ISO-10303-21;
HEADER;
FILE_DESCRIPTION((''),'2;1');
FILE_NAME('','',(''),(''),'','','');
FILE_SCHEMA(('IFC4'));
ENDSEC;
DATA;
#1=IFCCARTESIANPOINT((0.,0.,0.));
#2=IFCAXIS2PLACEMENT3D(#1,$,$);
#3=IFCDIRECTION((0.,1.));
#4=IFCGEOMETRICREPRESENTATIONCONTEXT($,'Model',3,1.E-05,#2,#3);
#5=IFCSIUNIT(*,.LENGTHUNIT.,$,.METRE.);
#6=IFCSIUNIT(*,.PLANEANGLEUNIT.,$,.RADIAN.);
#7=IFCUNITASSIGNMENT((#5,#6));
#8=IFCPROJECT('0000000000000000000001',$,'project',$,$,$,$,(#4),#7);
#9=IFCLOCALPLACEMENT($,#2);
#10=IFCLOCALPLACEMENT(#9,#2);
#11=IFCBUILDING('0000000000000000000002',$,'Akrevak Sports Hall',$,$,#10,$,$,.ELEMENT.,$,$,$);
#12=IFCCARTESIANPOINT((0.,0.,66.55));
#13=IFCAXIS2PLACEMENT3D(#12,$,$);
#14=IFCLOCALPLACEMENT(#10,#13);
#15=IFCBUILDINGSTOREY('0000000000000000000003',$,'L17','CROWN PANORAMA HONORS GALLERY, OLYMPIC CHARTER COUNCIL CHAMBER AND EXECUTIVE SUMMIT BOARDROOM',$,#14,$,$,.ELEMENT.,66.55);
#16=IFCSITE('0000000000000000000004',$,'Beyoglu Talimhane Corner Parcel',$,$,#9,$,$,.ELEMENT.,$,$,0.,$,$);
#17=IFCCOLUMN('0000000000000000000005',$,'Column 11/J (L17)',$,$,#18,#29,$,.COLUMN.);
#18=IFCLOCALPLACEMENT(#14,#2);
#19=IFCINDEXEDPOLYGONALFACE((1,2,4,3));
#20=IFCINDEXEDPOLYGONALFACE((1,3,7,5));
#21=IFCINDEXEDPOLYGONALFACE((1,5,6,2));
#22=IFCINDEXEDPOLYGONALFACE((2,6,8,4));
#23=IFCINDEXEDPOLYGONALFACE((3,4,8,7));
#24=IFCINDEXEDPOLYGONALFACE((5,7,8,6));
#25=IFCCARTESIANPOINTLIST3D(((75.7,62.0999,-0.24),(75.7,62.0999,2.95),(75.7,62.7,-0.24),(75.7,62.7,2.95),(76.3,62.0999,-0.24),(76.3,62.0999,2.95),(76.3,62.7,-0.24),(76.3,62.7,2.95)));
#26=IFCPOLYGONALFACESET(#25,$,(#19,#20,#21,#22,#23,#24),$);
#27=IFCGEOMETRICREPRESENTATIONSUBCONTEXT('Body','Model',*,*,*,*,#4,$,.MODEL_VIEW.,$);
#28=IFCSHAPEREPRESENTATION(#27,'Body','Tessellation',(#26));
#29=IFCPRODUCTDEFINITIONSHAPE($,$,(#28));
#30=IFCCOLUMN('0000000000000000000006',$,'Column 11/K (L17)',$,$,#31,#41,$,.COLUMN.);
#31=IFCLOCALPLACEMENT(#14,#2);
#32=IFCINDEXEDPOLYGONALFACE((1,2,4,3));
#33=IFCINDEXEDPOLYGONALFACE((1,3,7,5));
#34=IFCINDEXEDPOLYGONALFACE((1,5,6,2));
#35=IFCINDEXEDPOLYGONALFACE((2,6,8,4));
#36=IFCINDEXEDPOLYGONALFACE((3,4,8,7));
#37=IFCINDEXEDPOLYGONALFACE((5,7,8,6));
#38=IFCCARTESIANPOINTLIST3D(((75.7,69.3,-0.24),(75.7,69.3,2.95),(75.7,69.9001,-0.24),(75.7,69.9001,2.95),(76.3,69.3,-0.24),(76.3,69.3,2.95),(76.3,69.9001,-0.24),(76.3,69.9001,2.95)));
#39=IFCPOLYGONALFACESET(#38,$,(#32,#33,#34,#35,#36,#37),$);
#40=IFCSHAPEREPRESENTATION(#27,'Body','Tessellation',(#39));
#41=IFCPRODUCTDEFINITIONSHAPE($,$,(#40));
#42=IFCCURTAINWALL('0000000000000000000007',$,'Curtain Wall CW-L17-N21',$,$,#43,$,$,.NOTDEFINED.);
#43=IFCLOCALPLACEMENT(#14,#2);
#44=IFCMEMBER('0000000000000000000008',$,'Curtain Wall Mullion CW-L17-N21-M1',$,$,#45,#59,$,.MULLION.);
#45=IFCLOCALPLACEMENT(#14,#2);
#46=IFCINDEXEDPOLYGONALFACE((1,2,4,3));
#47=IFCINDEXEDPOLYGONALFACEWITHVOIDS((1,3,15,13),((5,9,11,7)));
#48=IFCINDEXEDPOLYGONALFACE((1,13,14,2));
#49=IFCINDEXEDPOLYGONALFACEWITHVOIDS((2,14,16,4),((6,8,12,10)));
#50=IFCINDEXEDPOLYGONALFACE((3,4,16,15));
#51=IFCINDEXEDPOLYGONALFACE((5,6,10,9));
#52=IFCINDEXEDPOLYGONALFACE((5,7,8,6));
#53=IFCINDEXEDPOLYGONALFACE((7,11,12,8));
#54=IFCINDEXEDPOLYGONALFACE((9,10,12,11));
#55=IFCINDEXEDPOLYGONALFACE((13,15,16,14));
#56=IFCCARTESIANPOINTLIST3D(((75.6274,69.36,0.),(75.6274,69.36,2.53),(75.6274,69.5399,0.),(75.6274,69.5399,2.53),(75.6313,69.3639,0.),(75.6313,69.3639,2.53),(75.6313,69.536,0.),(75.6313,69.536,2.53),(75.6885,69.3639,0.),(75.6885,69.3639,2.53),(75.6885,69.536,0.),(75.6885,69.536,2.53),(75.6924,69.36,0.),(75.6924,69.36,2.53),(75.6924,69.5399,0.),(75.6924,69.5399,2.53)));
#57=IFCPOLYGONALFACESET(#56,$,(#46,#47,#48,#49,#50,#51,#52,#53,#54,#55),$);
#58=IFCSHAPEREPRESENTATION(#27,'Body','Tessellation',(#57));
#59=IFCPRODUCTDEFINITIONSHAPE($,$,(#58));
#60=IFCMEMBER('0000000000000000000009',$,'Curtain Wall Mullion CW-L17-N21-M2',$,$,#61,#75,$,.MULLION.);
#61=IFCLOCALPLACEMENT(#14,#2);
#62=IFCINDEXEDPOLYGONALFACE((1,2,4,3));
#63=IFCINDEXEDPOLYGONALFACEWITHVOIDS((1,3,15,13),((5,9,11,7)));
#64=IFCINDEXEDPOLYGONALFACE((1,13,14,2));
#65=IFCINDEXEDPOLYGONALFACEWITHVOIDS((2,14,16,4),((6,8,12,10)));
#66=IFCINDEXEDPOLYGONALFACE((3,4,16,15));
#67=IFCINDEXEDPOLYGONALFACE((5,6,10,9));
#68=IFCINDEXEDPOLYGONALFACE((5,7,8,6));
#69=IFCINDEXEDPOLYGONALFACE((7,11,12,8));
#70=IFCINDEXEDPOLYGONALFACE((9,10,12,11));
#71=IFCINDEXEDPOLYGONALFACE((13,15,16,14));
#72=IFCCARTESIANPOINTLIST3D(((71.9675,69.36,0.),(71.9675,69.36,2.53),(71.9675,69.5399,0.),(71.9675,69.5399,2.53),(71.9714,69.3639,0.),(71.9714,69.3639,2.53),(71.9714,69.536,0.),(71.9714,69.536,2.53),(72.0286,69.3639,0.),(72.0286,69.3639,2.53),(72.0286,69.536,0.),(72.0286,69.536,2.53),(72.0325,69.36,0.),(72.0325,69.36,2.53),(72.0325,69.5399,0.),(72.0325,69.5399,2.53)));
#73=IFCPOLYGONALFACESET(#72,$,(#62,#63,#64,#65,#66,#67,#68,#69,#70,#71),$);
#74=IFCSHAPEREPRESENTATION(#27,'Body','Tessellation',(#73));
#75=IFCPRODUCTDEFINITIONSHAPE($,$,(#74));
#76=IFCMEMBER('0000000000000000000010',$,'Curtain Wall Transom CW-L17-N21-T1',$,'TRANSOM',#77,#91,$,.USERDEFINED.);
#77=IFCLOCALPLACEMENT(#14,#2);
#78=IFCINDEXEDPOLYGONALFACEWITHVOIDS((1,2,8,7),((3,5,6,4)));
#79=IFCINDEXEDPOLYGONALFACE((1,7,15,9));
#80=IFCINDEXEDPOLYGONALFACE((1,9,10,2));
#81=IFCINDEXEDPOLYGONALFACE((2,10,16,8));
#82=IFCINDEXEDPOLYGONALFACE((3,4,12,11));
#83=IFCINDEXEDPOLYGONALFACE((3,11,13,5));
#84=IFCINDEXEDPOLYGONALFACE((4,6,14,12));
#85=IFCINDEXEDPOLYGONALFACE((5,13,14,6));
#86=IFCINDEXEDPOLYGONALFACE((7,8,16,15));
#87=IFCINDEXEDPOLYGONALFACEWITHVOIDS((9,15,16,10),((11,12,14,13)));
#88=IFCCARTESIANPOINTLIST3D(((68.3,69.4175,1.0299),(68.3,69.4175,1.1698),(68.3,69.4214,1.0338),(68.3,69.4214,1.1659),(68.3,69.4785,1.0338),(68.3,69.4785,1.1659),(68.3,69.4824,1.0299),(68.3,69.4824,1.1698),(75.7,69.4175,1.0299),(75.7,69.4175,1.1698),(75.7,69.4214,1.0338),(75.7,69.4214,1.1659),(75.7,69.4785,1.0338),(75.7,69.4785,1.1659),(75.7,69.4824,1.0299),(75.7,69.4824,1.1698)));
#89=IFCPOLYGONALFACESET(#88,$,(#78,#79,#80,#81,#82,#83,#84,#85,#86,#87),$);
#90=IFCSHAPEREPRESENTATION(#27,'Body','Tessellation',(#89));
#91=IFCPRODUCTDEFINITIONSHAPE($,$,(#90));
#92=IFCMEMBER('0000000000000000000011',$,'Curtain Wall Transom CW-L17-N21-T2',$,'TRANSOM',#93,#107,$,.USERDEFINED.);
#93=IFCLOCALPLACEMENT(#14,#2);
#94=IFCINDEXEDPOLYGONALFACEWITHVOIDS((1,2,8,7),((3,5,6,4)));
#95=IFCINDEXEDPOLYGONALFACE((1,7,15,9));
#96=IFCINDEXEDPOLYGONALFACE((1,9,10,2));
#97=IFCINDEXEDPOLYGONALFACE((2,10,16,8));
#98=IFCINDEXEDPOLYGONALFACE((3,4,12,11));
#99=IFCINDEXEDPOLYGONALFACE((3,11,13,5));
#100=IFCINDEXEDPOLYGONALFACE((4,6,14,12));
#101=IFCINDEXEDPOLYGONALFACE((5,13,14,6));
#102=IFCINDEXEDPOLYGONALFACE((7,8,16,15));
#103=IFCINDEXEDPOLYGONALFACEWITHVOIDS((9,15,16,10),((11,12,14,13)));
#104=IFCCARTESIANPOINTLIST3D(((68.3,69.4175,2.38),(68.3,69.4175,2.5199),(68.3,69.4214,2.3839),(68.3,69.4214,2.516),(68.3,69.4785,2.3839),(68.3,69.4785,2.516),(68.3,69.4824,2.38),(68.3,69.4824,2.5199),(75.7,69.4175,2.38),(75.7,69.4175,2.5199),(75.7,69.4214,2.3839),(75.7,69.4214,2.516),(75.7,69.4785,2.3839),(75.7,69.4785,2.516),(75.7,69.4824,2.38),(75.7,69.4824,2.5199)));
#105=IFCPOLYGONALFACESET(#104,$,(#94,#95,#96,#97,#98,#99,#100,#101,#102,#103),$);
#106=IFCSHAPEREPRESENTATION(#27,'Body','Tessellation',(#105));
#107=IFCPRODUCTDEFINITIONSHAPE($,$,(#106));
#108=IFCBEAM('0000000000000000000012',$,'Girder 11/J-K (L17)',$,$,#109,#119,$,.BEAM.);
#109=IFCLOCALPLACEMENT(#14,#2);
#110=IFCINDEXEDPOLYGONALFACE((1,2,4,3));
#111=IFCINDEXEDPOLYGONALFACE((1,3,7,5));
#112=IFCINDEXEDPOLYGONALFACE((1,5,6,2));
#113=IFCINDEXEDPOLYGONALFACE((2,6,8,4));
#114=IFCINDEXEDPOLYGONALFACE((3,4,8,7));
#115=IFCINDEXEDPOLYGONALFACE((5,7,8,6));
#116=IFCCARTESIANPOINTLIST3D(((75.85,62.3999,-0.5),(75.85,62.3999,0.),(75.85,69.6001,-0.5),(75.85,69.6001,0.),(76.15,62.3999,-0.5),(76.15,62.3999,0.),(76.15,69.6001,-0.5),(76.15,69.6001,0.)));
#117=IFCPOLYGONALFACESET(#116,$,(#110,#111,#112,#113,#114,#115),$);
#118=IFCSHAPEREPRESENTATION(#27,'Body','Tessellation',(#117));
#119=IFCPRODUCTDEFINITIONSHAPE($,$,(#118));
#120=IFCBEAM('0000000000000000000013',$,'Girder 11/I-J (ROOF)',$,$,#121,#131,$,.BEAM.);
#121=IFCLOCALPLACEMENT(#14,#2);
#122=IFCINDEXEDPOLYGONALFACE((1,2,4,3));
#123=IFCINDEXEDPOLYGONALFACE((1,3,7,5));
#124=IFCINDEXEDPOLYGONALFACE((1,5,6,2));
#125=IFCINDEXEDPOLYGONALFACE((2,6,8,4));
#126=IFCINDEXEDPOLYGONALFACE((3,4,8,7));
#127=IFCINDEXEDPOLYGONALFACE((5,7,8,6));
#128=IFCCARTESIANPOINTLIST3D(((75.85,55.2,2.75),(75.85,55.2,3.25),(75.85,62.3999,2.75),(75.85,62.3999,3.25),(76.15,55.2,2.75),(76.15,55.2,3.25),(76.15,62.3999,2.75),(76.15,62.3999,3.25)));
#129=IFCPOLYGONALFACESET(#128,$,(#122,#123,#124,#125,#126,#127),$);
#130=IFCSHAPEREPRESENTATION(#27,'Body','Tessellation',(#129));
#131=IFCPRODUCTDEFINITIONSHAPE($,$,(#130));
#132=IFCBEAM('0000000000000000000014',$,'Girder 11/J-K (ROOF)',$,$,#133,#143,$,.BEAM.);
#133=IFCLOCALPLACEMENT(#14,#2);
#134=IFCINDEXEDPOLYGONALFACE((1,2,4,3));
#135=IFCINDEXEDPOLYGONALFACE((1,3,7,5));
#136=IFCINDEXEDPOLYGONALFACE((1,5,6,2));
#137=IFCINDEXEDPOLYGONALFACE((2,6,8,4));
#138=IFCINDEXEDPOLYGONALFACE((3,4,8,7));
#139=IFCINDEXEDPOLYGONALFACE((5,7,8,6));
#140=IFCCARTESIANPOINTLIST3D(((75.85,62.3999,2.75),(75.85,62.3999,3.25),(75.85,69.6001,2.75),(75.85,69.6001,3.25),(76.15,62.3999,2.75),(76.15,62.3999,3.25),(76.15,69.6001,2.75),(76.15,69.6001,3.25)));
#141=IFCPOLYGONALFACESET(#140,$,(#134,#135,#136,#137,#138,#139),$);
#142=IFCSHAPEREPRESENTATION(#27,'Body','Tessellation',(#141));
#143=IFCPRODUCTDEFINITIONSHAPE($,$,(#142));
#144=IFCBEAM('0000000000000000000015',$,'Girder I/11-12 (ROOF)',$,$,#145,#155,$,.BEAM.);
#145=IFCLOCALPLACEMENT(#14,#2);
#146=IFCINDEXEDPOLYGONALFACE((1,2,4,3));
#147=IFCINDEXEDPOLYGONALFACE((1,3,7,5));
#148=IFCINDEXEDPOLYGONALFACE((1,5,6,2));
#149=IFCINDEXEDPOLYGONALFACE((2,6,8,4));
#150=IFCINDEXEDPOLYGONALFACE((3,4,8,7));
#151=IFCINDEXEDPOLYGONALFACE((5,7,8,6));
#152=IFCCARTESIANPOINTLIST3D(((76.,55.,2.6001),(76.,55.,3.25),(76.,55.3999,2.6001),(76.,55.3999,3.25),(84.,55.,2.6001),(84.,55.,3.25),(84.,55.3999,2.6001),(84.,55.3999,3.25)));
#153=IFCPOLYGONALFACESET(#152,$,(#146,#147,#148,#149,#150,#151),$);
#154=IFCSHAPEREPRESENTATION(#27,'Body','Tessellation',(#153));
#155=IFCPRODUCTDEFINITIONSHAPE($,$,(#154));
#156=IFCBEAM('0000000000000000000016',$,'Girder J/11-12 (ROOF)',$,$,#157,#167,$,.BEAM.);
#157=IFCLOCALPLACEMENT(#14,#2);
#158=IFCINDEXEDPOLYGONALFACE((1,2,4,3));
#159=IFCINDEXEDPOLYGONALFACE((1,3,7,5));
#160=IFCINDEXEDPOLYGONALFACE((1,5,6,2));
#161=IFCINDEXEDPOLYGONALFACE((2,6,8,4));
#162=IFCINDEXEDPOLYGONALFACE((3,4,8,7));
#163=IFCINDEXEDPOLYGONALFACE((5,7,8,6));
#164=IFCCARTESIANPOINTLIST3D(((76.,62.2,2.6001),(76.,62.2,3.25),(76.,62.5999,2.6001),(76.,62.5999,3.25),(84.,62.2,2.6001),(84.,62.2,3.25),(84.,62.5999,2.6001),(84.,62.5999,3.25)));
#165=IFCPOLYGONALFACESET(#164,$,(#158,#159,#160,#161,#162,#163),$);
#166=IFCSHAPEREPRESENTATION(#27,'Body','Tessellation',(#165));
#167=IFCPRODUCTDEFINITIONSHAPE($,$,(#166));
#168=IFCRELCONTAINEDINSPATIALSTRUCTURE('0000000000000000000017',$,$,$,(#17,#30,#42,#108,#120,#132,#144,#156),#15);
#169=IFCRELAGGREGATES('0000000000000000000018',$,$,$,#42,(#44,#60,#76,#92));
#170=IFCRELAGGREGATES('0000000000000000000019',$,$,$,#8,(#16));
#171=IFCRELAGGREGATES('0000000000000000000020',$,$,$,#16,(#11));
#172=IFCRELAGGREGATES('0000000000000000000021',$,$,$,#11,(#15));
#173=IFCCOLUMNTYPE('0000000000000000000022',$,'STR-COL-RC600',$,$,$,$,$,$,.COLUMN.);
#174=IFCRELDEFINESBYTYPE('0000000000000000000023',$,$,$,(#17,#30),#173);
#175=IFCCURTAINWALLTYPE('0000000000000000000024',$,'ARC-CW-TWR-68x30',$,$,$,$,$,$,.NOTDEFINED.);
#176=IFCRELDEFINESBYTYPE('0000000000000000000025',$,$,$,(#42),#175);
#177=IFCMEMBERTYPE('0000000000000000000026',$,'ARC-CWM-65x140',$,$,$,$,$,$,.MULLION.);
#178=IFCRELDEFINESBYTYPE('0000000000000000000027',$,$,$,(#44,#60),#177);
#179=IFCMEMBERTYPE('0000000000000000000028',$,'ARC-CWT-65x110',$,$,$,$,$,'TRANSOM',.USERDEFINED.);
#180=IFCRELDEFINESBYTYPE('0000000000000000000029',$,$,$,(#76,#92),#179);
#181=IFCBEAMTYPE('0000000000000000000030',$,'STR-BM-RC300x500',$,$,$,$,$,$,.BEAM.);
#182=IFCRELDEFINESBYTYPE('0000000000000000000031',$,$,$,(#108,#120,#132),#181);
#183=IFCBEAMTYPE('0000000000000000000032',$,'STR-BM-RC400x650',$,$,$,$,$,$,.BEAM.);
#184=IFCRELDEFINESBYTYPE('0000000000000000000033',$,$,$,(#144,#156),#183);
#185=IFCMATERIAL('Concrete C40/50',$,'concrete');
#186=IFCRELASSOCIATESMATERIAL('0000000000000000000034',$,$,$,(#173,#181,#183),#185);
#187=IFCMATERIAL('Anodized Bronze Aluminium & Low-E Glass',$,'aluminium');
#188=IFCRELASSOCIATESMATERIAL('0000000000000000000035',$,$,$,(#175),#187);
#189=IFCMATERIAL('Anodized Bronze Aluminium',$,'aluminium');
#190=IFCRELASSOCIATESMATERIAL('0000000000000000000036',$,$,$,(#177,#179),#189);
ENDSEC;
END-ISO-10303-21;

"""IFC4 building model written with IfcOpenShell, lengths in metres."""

from ifc_helpers import new_model, si_unit, direction, frame, origin, origin_2d, place, context, subcontext, project, spatial, rectangle, hollow_rectangle, extrude, material, material_profile, profile_set, type_object, element, aggregate, save


model = new_model("IFC4")

# Units and contexts
model_context = context("Model", 3, precision=1e-05, world=origin(), true_north=direction((0.0, 1.0)))
body_context = subcontext(model_context, "Body", "Model", "MODEL_VIEW")
ifc_project = project(units=[si_unit("LENGTHUNIT", "METRE"), si_unit("PLANEANGLEUNIT", "RADIAN")], contexts=[model_context])

# Site, building, storey
site_placement = place(None, origin())
site = spatial("IfcSite", under=ifc_project, at=site_placement, Name="Beyoglu Talimhane Corner Parcel", CompositionType="ELEMENT", RefElevation=0.0)
building_placement = place(site_placement, origin())
building = spatial("IfcBuilding", under=site, at=building_placement, Name="Akrevak Sports Hall", CompositionType="ELEMENT")
storey_placement = place(building_placement, frame((0.0, 0.0, 66.55)))
storey = spatial("IfcBuildingStorey", under=building, at=storey_placement, Name="L17", Description="CROWN PANORAMA HONORS GALLERY, OLYMPIC CHARTER COUNCIL CHAMBER AND EXECUTIVE SUMMIT BOARDROOM", CompositionType="ELEMENT", Elevation=66.55)

# Columns
ifc_material_1 = material(Name="Concrete C40/50", Category="concrete")
ifc_material_profile_1 = material_profile(ifc_material_1, rectangle(XDim=0.6001, YDim=0.6001, at=origin_2d()), Name="RC 600x600", Category="concrete")
ifc_profile_set_1 = profile_set([ifc_material_profile_1], Name="Concrete C40/50")
column_type = type_object("IfcColumnType", Name="STR-COL-RC600", PredefinedType="COLUMN", material=ifc_profile_set_1)
for number, where, z_axis, x_axis, name in (
    (1, (76.0, 62.3999, -0.24), (0.0, 0.0, 1.0), (1.0, 0.0, 0.0), "Column 11/J (L17)"),
    (2, (76.0, 69.6001, -0.24), (0.0, 0.0, 1.0), (1.0, 0.0, 0.0), "Column 11/K (L17)"),
):
    element("IfcColumn", number, at=place(storey_placement, frame(where, z_axis=z_axis, x_axis=x_axis)), inside=storey, type_object=column_type, Name=name, PredefinedType="COLUMN", context=body_context, shape_type="SweptSolid", body=[
        extrude(rectangle(XDim=0.6001, YDim=0.6001, at=origin_2d()), origin(), (0.0, 0.0, 1.0), 3.1899),
    ])

# Curtain wall, members
ifc_material_2 = material(Name="Anodized Bronze Aluminium & Low-E Glass", Category="aluminium")
curtain_wall_type = type_object("IfcCurtainWallType", Name="ARC-CW-TWR-68x30", PredefinedType="NOTDEFINED", material=ifc_material_2)
curtain_wall_placement = place(storey_placement, origin())
curtain_wall = element("IfcCurtainWall", 3, at=curtain_wall_placement, inside=storey, type_object=curtain_wall_type, Name="Curtain Wall CW-L17-N21", PredefinedType="NOTDEFINED")
ifc_material_3 = material(Name="Anodized Bronze Aluminium", Category="aluminium")
ifc_material_profile_2 = material_profile(ifc_material_3, hollow_rectangle(XDim=0.0649, YDim=0.1799, WallThickness=0.0039, at=origin_2d()), Name="CWM 65x180", Category="aluminium")
ifc_profile_set_2 = profile_set([ifc_material_profile_2], Name="Anodized Bronze Aluminium")
member_type_1 = type_object("IfcMemberType", Name="ARC-CWM-65x140", PredefinedType="MULLION", material=ifc_profile_set_2)
member_1_placement = place(storey_placement, frame((75.6599, 69.45, 0.0), z_axis=(0.0, 0.0, 1.0), x_axis=(-1.0, 0.0, 0.0)))
member_1 = element("IfcMember", 4, at=member_1_placement, type_object=member_type_1, Name="Curtain Wall Mullion CW-L17-N21-M1", PredefinedType="MULLION", context=body_context, shape_type="SweptSolid", body=[
    extrude(hollow_rectangle(XDim=0.0649, YDim=0.1799, WallThickness=0.0039, at=origin_2d()), origin(), (0.0, 0.0, 1.0), 2.53),
])
member_2_placement = place(storey_placement, frame((72.0, 69.45, 0.0), z_axis=(0.0, 0.0, 1.0), x_axis=(-1.0, 0.0, 0.0)))
member_2 = element("IfcMember", 5, at=member_2_placement, type_object=member_type_1, Name="Curtain Wall Mullion CW-L17-N21-M2", PredefinedType="MULLION", context=body_context, shape_type="SweptSolid", body=[
    extrude(hollow_rectangle(XDim=0.0649, YDim=0.1799, WallThickness=0.0039, at=origin_2d()), origin(), (0.0, 0.0, 1.0), 2.53),
])
ifc_material_profile_3 = material_profile(ifc_material_3, hollow_rectangle(XDim=0.0649, YDim=0.1399, WallThickness=0.0039, at=origin_2d()), Name="CWT 65x140", Category="aluminium")
ifc_profile_set_3 = profile_set([ifc_material_profile_3], Name="Anodized Bronze Aluminium")
member_type_2 = type_object("IfcMemberType", Name="ARC-CWT-65x110", ElementType="TRANSOM", PredefinedType="USERDEFINED", material=ifc_profile_set_3)
member_3_placement = place(storey_placement, frame((75.7, 69.45, 1.0999), z_axis=(-1.0, 0.0, 0.0), x_axis=(0.0, -1.0, 0.0)))
member_3 = element("IfcMember", 6, at=member_3_placement, type_object=member_type_2, Name="Curtain Wall Transom CW-L17-N21-T1", ObjectType="TRANSOM", PredefinedType="USERDEFINED", context=body_context, shape_type="SweptSolid", body=[
    extrude(hollow_rectangle(XDim=0.0649, YDim=0.1399, WallThickness=0.0039, at=origin_2d()), origin(), (0.0, 0.0, 1.0), 7.3999),
])
member_4_placement = place(storey_placement, frame((75.7, 69.45, 2.45), z_axis=(-1.0, 0.0, 0.0), x_axis=(0.0, -1.0, 0.0)))
member_4 = element("IfcMember", 7, at=member_4_placement, type_object=member_type_2, Name="Curtain Wall Transom CW-L17-N21-T2", ObjectType="TRANSOM", PredefinedType="USERDEFINED", context=body_context, shape_type="SweptSolid", body=[
    extrude(hollow_rectangle(XDim=0.0649, YDim=0.1399, WallThickness=0.0039, at=origin_2d()), origin(), (0.0, 0.0, 1.0), 7.3999),
])

# Beams
ifc_material_profile_4 = material_profile(ifc_material_1, rectangle(XDim=0.3, YDim=0.5, at=origin_2d()), Name="BM 300x500", Category="concrete")
ifc_profile_set_4 = profile_set([ifc_material_profile_4], Name="Concrete C40/50")
beam_type_1 = type_object("IfcBeamType", Name="STR-BM-RC300x500", PredefinedType="BEAM", material=ifc_profile_set_4)
beam_1_placement = place(storey_placement, frame((76.0, 62.3999, -0.25), z_axis=(0.0, 1.0, 0.0), x_axis=(-1.0, 0.0, 0.0)))
element("IfcBeam", 8, at=beam_1_placement, inside=storey, type_object=beam_type_1, Name="Girder 11/J-K (L17)", PredefinedType="BEAM", context=body_context, shape_type="SweptSolid", body=[
    extrude(rectangle(XDim=0.3, YDim=0.5, at=origin_2d()), origin(), (0.0, 0.0, 1.0), 7.2002),
])
beam_2_placement = place(storey_placement, frame((76.0, 55.2, 3.0), z_axis=(0.0, 1.0, 0.0), x_axis=(-1.0, 0.0, 0.0)))
element("IfcBeam", 9, at=beam_2_placement, inside=storey, type_object=beam_type_1, Name="Girder 11/I-J (ROOF)", PredefinedType="BEAM", context=body_context, shape_type="SweptSolid", body=[
    extrude(rectangle(XDim=0.3, YDim=0.5, at=origin_2d()), origin(), (0.0, 0.0, 1.0), 7.2),
])
beam_3_placement = place(storey_placement, frame((76.0, 62.3999, 3.0), z_axis=(0.0, 1.0, 0.0), x_axis=(-1.0, 0.0, 0.0)))
element("IfcBeam", 10, at=beam_3_placement, inside=storey, type_object=beam_type_1, Name="Girder 11/J-K (ROOF)", PredefinedType="BEAM", context=body_context, shape_type="SweptSolid", body=[
    extrude(rectangle(XDim=0.3, YDim=0.5, at=origin_2d()), origin(), (0.0, 0.0, 1.0), 7.2002),
])
ifc_material_profile_5 = material_profile(ifc_material_1, rectangle(XDim=0.3999, YDim=0.6499, at=origin_2d()), Name="BM 400x650", Category="concrete")
ifc_profile_set_5 = profile_set([ifc_material_profile_5], Name="Concrete C40/50")
beam_type_2 = type_object("IfcBeamType", Name="STR-BM-RC400x650", PredefinedType="BEAM", material=ifc_profile_set_5)
for number, where, z_axis, x_axis, name in (
    (11, (76.0, 55.2, 2.925), (1.0, 0.0, 0.0), (0.0, 1.0, 0.0), "Girder I/11-12 (ROOF)"),
    (12, (76.0, 62.3999, 2.925), (1.0, 0.0, 0.0), (0.0, 1.0, 0.0), "Girder J/11-12 (ROOF)"),
):
    element("IfcBeam", number, at=place(storey_placement, frame(where, z_axis=z_axis, x_axis=x_axis)), inside=storey, type_object=beam_type_2, Name=name, PredefinedType="BEAM", context=body_context, shape_type="SweptSolid", body=[
        extrude(rectangle(XDim=0.3999, YDim=0.6499, at=origin_2d()), origin(), (0.0, 0.0, 1.0), 8.0),
    ])

aggregate(curtain_wall, [member_1, member_2, member_3, member_4])

save(model, "model.ifc")
